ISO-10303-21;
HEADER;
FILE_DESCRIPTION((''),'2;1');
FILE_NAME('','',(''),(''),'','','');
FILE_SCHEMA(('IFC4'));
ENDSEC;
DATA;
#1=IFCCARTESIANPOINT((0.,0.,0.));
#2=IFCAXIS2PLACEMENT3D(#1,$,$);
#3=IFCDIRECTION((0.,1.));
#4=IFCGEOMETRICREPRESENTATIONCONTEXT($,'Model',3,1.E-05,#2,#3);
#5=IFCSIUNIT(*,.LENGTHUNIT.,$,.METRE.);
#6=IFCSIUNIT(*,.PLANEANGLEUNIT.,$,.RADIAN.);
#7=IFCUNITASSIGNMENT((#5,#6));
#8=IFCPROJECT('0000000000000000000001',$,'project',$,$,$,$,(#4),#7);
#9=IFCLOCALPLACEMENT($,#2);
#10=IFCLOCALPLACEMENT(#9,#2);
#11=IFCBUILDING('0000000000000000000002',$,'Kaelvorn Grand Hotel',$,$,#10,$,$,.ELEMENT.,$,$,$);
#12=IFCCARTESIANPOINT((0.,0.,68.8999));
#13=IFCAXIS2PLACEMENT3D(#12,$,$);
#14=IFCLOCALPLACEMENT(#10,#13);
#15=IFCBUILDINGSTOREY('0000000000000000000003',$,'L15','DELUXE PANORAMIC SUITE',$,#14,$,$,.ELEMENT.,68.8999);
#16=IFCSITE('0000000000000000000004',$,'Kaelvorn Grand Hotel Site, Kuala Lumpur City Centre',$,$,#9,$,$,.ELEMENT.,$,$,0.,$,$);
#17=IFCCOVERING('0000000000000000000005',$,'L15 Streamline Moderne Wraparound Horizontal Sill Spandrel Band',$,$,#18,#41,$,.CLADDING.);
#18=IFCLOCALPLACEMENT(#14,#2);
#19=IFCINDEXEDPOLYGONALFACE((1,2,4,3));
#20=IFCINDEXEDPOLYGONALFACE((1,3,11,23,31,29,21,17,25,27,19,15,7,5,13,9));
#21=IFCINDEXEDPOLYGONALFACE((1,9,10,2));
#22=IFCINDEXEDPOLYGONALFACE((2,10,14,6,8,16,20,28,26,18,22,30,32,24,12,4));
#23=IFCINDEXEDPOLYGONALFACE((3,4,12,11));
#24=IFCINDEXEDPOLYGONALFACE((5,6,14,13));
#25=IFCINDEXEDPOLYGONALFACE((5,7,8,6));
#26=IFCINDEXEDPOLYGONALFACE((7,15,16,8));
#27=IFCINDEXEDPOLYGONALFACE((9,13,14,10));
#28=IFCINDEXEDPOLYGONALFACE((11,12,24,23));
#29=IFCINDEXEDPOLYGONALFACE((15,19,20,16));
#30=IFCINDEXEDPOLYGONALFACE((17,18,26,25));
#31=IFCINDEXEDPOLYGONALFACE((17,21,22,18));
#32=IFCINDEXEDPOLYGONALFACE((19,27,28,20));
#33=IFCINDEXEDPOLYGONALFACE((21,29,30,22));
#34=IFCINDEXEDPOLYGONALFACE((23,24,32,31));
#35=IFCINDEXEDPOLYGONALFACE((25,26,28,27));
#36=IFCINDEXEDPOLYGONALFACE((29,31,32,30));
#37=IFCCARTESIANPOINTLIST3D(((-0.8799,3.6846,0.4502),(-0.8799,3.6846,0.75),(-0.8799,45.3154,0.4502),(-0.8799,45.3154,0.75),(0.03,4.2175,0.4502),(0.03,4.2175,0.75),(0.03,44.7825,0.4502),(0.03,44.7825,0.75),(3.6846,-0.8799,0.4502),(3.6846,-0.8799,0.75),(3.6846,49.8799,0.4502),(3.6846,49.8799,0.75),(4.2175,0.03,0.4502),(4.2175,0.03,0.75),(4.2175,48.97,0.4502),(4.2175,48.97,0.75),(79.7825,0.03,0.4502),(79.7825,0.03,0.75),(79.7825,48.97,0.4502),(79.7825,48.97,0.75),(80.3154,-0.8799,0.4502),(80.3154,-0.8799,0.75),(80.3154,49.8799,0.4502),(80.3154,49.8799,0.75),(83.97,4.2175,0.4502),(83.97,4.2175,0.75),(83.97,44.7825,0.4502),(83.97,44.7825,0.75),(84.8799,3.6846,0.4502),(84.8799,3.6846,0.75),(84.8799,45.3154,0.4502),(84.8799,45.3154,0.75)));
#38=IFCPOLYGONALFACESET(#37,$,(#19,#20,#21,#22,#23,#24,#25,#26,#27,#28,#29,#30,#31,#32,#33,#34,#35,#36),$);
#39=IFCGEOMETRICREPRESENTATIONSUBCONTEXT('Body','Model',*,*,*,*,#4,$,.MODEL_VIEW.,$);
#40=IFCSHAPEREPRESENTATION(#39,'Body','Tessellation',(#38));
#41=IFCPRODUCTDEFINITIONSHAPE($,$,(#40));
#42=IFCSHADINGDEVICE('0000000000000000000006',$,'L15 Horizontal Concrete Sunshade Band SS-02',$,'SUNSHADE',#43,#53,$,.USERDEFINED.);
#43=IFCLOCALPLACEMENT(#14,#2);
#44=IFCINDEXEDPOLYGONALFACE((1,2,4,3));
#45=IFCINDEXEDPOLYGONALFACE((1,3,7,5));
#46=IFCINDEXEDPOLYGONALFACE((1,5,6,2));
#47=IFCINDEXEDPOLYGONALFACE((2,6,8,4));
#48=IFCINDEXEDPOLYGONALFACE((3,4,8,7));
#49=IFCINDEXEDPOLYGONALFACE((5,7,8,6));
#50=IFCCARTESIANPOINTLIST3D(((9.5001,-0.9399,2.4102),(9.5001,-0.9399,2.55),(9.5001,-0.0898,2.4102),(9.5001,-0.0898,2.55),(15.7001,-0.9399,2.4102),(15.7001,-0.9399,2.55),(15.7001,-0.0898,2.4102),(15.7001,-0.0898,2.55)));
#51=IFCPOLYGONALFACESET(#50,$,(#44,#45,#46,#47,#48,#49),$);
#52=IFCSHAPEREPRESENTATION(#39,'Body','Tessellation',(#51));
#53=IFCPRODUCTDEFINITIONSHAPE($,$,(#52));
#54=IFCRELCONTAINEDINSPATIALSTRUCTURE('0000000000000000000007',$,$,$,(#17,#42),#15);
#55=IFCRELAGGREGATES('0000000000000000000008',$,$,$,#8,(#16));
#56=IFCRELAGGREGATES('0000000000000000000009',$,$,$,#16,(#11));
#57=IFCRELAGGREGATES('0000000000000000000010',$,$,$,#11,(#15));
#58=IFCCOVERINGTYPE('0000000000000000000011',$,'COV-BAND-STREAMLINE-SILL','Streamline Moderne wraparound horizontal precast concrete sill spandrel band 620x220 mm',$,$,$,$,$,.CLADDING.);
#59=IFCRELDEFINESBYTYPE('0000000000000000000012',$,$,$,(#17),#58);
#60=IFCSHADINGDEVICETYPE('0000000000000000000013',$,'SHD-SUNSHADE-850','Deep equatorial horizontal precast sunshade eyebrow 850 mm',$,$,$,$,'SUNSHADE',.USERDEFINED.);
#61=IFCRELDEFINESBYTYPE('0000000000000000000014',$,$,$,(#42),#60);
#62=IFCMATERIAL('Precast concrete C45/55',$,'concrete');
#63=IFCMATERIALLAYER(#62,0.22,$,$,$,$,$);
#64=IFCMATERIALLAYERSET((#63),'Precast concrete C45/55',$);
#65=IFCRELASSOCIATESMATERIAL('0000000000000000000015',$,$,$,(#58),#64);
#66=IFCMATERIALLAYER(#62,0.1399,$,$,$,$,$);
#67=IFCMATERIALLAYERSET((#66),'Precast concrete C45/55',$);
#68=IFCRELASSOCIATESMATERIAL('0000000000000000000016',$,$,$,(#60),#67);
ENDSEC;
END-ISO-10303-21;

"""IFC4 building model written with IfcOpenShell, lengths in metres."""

from ifc_helpers import new_model, si_unit, direction, frame, origin, origin_2d, place, context, subcontext, project, spatial, polyline, rectangle, outline, extrude, material, layer, layer_set, type_object, element, save


model = new_model("IFC4")

# Units and contexts
model_context = context("Model", 3, precision=1e-05, world=origin(), true_north=direction((0.0, 1.0)))
body_context = subcontext(model_context, "Body", "Model", "MODEL_VIEW")
ifc_project = project(units=[si_unit("LENGTHUNIT", "METRE"), si_unit("PLANEANGLEUNIT", "RADIAN")], contexts=[model_context])

# Site, building, storey
site_placement = place(None, origin())
site = spatial("IfcSite", under=ifc_project, at=site_placement, Name="Kaelvorn Grand Hotel Site, Kuala Lumpur City Centre", CompositionType="ELEMENT", RefElevation=0.0)
building_placement = place(site_placement, origin())
building = spatial("IfcBuilding", under=site, at=building_placement, Name="Kaelvorn Grand Hotel", CompositionType="ELEMENT")
storey_placement = place(building_placement, frame((0.0, 0.0, 68.8999)))
storey = spatial("IfcBuildingStorey", under=building, at=storey_placement, Name="L15", Description="DELUXE PANORAMIC SUITE", CompositionType="ELEMENT", Elevation=68.8999)

# Shared definitions
ifc_material_1 = material(Name="Precast concrete C45/55", Category="concrete")

# Covering
ifc_layer_1 = layer(ifc_material_1, 0.22)
ifc_layer_set_1 = layer_set([ifc_layer_1], Name="Precast concrete C45/55")
covering_type_1 = type_object("IfcCoveringType", Name="COV-BAND-STREAMLINE-SILL", Description="Streamline Moderne wraparound horizontal precast concrete sill spandrel band 620x220 mm", PredefinedType="CLADDING", material=ifc_layer_set_1)
covering_1_placement = place(storey_placement, frame((0.0, 0.0, 0.4502)))
element("IfcCovering", 1, at=covering_1_placement, inside=storey, type_object=covering_type_1, Name="L15 Streamline Moderne Wraparound Horizontal Sill Spandrel Band", PredefinedType="CLADDING", context=body_context, shape_type="SweptSolid", body=[
    extrude(outline(polyline([(80.3154, -0.8799), (84.8799, 3.6846), (84.8799, 45.3154), (80.3154, 49.8799), (3.6846, 49.8799), (-0.8799, 45.3154), (-0.8799, 3.6846), (3.6846, -0.8799), (4.2175, 0.03), (0.03, 4.2175), (0.03, 44.7825), (4.2175, 48.97), (79.7825, 48.97), (83.97, 44.7825), (83.97, 4.2175), (79.7825, 0.03), (80.3154, -0.8799)])), origin(), (0.0, 0.0, 1.0), 0.2998),
])

# Shading device
ifc_layer_2 = layer(ifc_material_1, 0.1399)
ifc_layer_set_2 = layer_set([ifc_layer_2], Name="Precast concrete C45/55")
shading_device_type = type_object("IfcShadingDeviceType", Name="SHD-SUNSHADE-850", Description="Deep equatorial horizontal precast sunshade eyebrow 850 mm", ElementType="SUNSHADE", PredefinedType="USERDEFINED", material=ifc_layer_set_2)
shading_device_placement = place(storey_placement, frame((12.6001, -0.5149, 2.4102), z_axis=(0.0, 0.0, 1.0), x_axis=(1.0, 0.0, 0.0)))
element("IfcShadingDevice", 2, at=shading_device_placement, inside=storey, type_object=shading_device_type, Name="L15 Horizontal Concrete Sunshade Band SS-02", ObjectType="SUNSHADE", PredefinedType="USERDEFINED", context=body_context, shape_type="SweptSolid", body=[
    extrude(rectangle(XDim=6.2, YDim=0.8501, at=origin_2d()), origin(), (0.0, 0.0, 1.0), 0.1399),
])

save(model, "model.ifc")
